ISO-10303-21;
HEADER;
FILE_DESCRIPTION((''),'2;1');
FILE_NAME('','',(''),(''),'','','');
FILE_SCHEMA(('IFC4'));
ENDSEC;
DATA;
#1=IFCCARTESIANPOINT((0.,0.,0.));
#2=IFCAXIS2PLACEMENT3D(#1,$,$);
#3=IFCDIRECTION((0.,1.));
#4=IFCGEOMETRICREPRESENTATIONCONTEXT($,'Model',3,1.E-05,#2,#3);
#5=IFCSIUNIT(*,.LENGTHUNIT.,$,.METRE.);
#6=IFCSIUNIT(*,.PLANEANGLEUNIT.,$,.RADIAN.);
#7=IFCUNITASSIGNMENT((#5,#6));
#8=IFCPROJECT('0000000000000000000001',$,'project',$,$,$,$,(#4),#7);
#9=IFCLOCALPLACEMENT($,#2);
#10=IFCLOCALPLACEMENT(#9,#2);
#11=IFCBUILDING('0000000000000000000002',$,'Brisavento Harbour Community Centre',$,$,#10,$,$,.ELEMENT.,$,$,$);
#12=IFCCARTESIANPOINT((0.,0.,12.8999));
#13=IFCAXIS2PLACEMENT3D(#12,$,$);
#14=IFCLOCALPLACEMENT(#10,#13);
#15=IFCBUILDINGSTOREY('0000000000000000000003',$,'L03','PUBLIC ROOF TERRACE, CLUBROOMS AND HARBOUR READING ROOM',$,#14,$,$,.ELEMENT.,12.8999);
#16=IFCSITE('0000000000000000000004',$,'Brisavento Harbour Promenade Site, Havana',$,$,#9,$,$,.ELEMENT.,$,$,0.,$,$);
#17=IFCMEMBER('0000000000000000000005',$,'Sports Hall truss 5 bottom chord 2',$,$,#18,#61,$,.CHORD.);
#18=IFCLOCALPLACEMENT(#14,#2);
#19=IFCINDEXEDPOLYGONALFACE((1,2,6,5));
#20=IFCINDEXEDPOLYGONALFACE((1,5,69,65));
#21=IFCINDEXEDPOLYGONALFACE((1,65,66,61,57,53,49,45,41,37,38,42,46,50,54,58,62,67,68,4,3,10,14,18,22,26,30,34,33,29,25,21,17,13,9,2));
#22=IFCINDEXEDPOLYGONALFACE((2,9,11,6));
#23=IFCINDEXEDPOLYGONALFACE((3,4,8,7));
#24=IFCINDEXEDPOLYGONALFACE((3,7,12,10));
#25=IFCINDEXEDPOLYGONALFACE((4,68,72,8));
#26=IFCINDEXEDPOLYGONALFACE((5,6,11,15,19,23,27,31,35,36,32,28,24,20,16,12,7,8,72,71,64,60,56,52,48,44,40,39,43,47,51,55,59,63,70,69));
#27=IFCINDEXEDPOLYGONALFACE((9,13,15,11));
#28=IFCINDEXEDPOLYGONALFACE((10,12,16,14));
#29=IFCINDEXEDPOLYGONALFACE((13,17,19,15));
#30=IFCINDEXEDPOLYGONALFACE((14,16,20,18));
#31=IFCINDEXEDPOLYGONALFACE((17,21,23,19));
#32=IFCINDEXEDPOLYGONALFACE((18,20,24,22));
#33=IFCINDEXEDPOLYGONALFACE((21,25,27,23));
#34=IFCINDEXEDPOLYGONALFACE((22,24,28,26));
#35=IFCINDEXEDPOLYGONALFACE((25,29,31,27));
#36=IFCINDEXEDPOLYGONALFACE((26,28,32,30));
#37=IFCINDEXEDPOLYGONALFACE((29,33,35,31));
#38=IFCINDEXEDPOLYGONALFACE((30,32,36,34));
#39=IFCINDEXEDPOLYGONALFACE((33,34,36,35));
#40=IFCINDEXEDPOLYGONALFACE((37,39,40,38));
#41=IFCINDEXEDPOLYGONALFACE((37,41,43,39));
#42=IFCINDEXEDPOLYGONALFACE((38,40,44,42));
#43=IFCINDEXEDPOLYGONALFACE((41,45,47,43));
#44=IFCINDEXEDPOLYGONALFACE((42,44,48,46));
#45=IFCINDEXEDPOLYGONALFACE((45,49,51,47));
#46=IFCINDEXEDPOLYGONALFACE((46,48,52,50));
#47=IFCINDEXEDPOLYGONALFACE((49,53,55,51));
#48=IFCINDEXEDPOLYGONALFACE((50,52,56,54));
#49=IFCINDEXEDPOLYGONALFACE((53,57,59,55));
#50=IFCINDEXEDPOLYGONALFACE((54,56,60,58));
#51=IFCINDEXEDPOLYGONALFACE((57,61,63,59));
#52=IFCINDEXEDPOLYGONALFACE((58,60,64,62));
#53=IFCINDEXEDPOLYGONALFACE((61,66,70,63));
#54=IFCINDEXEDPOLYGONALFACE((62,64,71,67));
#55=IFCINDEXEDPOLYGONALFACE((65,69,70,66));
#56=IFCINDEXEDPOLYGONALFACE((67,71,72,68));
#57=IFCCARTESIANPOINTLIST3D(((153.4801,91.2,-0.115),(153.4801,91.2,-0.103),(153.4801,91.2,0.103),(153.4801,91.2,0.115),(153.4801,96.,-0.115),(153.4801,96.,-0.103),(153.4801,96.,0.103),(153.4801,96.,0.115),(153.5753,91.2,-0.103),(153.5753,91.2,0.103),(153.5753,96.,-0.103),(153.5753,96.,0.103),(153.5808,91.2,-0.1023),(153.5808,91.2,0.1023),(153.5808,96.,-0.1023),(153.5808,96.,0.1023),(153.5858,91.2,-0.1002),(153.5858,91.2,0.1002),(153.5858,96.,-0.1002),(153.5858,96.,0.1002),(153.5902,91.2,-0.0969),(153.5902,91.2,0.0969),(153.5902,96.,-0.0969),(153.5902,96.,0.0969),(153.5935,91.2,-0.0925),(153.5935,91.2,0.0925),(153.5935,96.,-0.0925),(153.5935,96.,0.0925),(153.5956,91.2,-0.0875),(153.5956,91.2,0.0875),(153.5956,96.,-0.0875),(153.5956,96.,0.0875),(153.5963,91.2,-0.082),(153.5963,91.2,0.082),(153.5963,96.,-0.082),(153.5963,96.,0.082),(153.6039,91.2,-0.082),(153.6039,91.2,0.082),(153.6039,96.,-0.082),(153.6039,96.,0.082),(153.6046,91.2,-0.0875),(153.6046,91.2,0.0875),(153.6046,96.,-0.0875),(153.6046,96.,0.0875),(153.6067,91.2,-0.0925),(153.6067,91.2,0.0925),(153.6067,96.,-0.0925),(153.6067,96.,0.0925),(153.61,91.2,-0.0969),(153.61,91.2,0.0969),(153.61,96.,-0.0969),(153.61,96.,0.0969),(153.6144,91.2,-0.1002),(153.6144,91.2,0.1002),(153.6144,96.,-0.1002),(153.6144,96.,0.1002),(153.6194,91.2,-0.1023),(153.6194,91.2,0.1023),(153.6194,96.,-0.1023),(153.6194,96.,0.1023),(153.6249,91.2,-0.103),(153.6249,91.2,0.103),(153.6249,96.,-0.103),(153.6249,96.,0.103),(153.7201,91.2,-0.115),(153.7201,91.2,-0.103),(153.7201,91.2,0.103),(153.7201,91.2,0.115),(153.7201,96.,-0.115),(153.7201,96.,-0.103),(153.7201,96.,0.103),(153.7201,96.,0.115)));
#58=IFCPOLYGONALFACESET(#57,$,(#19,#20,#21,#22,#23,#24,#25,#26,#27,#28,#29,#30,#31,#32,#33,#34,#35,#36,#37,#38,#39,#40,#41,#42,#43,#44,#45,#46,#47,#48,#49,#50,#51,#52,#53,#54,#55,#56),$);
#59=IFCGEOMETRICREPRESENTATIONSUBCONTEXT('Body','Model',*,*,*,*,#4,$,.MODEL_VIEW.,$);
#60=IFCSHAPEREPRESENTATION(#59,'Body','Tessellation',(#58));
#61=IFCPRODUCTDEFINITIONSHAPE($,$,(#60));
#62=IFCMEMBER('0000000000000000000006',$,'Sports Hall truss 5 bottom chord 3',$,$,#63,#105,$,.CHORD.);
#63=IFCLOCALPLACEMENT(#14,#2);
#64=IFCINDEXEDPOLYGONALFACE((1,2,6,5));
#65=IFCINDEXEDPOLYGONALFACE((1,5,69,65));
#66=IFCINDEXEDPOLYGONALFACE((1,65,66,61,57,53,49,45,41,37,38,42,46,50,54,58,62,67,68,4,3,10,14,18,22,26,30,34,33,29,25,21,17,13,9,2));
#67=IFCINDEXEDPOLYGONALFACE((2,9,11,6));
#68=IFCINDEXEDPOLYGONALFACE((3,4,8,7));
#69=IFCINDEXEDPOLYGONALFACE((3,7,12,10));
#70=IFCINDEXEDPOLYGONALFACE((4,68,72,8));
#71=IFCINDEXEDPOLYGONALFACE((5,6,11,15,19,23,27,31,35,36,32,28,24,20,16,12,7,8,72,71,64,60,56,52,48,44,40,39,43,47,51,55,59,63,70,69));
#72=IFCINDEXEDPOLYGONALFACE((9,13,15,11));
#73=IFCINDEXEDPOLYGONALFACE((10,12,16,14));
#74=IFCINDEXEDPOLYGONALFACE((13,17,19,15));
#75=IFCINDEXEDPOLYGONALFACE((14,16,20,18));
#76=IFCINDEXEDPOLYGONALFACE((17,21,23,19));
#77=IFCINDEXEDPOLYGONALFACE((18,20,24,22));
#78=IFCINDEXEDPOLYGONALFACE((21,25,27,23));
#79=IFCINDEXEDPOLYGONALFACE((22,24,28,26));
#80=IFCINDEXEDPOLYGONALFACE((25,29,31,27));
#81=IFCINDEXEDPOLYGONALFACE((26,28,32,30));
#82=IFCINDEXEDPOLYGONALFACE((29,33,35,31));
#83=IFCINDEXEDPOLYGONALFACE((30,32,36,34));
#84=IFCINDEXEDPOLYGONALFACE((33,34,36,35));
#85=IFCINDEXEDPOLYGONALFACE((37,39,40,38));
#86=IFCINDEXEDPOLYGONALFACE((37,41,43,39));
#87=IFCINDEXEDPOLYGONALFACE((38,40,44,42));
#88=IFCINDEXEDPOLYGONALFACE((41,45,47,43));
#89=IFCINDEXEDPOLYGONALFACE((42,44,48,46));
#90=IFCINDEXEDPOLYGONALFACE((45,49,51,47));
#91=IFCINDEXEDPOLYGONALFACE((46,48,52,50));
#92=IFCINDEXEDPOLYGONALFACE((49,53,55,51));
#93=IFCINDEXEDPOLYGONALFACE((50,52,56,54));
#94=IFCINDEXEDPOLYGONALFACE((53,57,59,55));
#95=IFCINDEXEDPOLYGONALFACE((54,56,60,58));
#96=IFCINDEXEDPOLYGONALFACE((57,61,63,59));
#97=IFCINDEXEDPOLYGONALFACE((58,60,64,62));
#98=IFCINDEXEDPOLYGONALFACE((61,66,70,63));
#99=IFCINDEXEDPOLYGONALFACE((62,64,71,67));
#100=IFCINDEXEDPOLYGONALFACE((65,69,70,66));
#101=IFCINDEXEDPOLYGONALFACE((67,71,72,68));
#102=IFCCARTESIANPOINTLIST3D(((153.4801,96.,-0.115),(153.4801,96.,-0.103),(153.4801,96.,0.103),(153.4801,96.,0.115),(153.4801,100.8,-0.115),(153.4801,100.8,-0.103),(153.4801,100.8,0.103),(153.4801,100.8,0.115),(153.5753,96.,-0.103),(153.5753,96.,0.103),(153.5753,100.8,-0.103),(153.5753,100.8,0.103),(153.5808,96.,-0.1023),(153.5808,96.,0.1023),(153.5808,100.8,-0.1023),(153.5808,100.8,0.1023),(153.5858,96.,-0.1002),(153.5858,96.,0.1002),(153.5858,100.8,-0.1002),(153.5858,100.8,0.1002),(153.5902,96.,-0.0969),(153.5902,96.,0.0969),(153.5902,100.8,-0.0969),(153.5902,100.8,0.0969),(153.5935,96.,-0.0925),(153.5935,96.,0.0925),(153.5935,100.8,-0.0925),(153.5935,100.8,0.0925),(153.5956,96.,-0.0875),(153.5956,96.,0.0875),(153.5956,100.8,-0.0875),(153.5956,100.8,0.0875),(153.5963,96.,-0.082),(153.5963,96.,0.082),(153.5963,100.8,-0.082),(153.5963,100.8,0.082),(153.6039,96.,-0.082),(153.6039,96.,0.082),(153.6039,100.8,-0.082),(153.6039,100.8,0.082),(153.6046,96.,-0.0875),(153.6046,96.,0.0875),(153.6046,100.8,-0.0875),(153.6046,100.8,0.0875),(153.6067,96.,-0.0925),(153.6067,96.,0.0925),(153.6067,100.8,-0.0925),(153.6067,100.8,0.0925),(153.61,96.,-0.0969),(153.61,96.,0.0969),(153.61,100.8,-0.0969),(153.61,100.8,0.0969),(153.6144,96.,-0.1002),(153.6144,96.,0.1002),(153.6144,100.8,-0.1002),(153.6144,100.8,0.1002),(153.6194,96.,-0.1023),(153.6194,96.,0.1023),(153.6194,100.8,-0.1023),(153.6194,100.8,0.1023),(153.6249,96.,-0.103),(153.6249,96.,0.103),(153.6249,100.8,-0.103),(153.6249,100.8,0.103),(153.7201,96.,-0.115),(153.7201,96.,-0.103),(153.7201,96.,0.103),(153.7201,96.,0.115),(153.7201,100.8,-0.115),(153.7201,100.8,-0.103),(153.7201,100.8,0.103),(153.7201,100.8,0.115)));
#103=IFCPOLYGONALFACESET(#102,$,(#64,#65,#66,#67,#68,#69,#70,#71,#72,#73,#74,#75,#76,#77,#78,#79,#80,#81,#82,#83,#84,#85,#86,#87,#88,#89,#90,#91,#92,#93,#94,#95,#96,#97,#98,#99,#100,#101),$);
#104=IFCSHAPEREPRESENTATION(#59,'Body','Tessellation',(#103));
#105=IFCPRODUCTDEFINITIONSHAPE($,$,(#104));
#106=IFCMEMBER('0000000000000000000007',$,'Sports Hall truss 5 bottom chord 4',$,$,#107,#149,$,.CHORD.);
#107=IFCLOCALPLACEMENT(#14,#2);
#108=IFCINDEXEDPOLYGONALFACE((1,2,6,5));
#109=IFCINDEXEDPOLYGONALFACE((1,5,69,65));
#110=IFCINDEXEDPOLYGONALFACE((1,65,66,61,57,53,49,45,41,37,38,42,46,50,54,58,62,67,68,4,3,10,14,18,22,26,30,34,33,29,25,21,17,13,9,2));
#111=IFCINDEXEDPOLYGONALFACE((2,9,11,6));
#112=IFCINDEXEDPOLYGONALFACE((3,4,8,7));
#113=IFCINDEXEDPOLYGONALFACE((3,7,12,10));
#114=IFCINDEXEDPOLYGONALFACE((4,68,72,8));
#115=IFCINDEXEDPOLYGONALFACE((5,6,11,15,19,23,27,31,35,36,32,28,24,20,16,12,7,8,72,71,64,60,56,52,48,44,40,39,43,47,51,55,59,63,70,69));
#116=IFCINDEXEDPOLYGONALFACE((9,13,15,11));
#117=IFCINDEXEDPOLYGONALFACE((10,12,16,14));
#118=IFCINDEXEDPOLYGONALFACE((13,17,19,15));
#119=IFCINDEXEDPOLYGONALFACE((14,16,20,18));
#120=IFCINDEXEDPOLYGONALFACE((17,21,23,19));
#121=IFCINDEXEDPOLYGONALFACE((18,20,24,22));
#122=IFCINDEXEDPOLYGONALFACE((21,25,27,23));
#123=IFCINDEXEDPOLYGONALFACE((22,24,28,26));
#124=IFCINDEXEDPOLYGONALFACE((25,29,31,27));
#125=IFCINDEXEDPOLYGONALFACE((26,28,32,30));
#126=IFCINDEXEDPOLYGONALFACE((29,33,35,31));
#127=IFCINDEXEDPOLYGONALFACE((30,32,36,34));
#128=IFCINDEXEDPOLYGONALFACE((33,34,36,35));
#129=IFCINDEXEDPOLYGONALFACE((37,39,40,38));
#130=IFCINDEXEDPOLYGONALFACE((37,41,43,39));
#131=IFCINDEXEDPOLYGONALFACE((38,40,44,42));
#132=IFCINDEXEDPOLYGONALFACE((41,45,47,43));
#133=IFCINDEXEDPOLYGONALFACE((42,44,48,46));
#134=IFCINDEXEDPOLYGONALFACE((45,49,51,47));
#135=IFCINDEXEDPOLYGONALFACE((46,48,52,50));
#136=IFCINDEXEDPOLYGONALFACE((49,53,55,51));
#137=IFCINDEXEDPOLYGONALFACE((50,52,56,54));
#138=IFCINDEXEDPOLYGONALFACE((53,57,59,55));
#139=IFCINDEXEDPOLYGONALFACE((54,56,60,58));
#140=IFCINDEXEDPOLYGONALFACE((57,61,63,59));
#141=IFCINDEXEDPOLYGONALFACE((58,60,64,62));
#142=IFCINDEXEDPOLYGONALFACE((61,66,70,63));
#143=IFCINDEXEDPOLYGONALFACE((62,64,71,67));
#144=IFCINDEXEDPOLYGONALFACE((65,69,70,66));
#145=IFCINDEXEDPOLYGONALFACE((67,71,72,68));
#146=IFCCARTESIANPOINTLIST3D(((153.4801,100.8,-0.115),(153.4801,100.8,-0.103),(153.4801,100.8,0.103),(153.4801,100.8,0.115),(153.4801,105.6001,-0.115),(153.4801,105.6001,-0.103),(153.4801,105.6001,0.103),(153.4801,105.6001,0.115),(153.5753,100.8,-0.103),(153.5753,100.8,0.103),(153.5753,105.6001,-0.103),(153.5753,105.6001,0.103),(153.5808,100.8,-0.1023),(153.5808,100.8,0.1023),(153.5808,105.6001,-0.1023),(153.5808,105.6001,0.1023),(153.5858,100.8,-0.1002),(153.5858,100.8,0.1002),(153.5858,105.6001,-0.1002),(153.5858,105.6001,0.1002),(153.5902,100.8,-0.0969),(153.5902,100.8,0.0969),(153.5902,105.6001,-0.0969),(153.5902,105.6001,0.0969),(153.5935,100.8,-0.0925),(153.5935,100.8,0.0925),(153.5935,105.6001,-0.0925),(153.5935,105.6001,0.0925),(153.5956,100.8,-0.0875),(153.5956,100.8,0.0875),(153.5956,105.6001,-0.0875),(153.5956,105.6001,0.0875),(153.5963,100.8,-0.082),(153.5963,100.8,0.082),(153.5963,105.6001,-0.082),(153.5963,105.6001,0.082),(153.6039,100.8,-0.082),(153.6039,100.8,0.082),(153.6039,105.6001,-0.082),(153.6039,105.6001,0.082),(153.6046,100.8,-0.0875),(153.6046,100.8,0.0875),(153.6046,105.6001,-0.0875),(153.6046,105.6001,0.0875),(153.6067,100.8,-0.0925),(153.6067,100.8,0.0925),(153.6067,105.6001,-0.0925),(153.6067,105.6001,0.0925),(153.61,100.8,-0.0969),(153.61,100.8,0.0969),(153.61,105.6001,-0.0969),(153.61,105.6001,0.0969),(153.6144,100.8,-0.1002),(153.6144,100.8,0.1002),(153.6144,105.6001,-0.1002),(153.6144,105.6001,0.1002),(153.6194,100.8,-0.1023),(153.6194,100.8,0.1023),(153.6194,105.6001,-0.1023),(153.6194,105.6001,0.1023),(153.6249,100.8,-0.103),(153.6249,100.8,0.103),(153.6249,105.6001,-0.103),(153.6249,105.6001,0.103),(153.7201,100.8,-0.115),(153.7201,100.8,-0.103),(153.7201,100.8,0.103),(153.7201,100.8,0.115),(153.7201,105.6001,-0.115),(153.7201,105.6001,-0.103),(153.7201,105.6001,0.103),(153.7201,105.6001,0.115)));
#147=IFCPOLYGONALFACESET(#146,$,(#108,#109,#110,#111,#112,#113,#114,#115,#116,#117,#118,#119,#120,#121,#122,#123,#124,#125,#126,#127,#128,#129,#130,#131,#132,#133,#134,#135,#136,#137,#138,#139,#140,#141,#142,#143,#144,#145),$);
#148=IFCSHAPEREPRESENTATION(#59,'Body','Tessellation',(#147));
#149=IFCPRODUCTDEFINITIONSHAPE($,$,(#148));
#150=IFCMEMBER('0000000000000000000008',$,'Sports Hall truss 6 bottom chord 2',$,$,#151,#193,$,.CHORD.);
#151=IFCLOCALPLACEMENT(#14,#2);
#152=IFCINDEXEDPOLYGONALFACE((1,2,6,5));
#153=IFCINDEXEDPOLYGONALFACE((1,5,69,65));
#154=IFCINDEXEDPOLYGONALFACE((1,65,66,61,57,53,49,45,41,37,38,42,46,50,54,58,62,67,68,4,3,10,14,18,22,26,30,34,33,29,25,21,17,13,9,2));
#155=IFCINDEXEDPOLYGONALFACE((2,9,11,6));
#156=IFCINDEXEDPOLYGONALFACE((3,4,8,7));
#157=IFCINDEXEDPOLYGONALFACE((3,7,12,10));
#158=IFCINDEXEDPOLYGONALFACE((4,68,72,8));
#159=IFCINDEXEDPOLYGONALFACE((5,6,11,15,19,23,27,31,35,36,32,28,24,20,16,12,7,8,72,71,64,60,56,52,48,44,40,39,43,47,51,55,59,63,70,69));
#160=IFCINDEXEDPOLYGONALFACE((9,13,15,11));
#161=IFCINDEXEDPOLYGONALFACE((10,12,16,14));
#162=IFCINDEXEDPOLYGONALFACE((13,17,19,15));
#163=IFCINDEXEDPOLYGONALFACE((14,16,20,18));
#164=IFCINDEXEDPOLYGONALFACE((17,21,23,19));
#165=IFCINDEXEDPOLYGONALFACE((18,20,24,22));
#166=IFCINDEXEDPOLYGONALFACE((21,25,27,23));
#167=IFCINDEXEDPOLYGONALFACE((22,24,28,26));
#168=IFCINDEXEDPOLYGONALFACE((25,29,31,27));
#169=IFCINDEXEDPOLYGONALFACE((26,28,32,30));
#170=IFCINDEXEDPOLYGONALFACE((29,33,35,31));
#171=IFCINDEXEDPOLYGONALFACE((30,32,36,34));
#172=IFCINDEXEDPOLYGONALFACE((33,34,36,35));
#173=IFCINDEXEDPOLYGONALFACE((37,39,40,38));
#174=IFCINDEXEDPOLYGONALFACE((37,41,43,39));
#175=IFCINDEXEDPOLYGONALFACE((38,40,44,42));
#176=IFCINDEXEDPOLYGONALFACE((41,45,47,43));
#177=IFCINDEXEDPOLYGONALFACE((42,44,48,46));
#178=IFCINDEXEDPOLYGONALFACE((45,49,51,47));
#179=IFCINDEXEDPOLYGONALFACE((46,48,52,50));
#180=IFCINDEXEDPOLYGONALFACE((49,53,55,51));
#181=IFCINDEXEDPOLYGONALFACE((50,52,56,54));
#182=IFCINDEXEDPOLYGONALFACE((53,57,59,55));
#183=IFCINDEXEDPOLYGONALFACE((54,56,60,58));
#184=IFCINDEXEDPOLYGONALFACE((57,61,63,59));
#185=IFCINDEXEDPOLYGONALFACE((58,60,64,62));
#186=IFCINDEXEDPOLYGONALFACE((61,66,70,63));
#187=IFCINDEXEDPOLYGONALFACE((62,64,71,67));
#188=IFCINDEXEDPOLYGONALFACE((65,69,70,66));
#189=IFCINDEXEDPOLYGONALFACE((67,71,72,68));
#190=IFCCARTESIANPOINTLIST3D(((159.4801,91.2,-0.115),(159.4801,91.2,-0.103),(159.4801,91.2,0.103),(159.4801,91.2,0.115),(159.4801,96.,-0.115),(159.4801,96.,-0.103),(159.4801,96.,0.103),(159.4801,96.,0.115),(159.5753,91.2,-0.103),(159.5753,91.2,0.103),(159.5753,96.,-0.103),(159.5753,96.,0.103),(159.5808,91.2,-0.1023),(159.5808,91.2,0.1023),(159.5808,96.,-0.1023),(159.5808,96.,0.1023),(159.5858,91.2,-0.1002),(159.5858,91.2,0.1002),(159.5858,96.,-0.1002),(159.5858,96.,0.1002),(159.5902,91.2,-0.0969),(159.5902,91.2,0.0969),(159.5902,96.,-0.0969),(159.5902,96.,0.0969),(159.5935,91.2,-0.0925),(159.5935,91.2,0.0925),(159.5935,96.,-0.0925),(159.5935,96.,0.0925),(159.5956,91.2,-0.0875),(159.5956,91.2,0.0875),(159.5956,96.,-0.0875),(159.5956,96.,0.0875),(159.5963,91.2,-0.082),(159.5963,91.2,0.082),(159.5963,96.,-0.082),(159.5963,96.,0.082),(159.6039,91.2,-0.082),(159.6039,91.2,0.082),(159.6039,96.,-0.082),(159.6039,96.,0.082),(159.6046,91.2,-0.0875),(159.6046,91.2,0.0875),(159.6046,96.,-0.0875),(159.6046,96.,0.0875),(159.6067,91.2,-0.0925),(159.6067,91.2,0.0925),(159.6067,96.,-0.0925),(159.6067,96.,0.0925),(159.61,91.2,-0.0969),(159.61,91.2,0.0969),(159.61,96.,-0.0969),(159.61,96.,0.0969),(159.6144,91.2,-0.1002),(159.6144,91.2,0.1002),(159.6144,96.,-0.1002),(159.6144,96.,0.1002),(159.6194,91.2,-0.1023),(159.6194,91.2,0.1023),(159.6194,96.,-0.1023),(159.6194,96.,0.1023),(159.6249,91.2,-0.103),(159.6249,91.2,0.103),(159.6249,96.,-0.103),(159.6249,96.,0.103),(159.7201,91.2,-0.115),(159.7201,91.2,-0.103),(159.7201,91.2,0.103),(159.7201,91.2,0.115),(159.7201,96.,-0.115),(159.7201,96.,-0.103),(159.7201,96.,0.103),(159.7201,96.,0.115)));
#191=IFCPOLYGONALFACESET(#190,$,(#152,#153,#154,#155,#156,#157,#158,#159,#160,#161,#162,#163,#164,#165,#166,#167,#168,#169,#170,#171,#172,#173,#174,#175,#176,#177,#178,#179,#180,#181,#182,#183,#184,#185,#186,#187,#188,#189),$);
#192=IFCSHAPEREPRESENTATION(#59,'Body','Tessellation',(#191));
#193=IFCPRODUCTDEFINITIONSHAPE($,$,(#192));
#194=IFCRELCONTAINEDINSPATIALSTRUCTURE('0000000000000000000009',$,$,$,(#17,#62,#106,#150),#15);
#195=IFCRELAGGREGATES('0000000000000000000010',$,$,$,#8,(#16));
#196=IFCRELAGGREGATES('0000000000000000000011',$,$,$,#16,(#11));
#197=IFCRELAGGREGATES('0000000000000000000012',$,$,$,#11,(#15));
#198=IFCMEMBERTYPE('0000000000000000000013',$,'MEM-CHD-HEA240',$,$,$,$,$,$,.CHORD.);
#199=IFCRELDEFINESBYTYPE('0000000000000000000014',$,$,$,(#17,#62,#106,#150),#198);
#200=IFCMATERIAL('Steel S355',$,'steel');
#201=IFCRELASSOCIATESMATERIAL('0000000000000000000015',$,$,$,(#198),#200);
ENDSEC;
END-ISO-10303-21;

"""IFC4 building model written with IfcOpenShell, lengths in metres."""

from ifc_helpers import new_model, si_unit, direction, frame, origin, origin_2d, place, context, subcontext, project, spatial, i_section, extrude, material, material_profile, profile_set, type_object, element, save


model = new_model("IFC4")

# Units and contexts
model_context = context("Model", 3, precision=1e-05, world=origin(), true_north=direction((0.0, 1.0)))
body_context = subcontext(model_context, "Body", "Model", "MODEL_VIEW")
ifc_project = project(units=[si_unit("LENGTHUNIT", "METRE"), si_unit("PLANEANGLEUNIT", "RADIAN")], contexts=[model_context])

# Site, building, storey
site_placement = place(None, origin())
site = spatial("IfcSite", under=ifc_project, at=site_placement, Name="Brisavento Harbour Promenade Site, Havana", CompositionType="ELEMENT", RefElevation=0.0)
building_placement = place(site_placement, origin())
building = spatial("IfcBuilding", under=site, at=building_placement, Name="Brisavento Harbour Community Centre", CompositionType="ELEMENT")
storey_placement = place(building_placement, frame((0.0, 0.0, 12.8999)))
storey = spatial("IfcBuildingStorey", under=building, at=storey_placement, Name="L03", Description="PUBLIC ROOF TERRACE, CLUBROOMS AND HARBOUR READING ROOM", CompositionType="ELEMENT", Elevation=12.8999)

# Members
ifc_material_1 = material(Name="Steel S355", Category="steel")
ifc_material_profile_1 = material_profile(ifc_material_1, i_section(OverallWidth=0.24, OverallDepth=0.23, WebThickness=0.0076, FlangeThickness=0.012, FilletRadius=0.021, at=origin_2d()), Name="Steel S355")
ifc_profile_set_1 = profile_set([ifc_material_profile_1], Name="Steel S355")
member_type_1 = type_object("IfcMemberType", Name="MEM-CHD-HEA240", PredefinedType="CHORD", material=ifc_profile_set_1)
for number, where, z_axis, x_axis, name in (
    (1, (153.6001, 91.2, 0.0), (0.0, 1.0, 0.0), (-1.0, 0.0, 0.0), "Sports Hall truss 5 bottom chord 2"),
    (2, (153.6001, 96.0, 0.0), (0.0, 1.0, 0.0), (-1.0, 0.0, 0.0), "Sports Hall truss 5 bottom chord 3"),
    (3, (153.6001, 100.8, 0.0), (0.0, 1.0, 0.0), (-1.0, 0.0, 0.0), "Sports Hall truss 5 bottom chord 4"),
    (4, (159.6001, 91.2, 0.0), (0.0, 1.0, 0.0), (-1.0, 0.0, 0.0), "Sports Hall truss 6 bottom chord 2"),
):
    element("IfcMember", number, at=place(storey_placement, frame(where, z_axis=z_axis, x_axis=x_axis)), inside=storey, type_object=member_type_1, Name=name, PredefinedType="CHORD", context=body_context, shape_type="SweptSolid", body=[
        extrude(i_section(OverallWidth=0.24, OverallDepth=0.23, WebThickness=0.0076, FlangeThickness=0.012, FilletRadius=0.021, at=origin_2d()), origin(), (0.0, 0.0, 1.0), 4.8),
    ])

save(model, "model.ifc")
